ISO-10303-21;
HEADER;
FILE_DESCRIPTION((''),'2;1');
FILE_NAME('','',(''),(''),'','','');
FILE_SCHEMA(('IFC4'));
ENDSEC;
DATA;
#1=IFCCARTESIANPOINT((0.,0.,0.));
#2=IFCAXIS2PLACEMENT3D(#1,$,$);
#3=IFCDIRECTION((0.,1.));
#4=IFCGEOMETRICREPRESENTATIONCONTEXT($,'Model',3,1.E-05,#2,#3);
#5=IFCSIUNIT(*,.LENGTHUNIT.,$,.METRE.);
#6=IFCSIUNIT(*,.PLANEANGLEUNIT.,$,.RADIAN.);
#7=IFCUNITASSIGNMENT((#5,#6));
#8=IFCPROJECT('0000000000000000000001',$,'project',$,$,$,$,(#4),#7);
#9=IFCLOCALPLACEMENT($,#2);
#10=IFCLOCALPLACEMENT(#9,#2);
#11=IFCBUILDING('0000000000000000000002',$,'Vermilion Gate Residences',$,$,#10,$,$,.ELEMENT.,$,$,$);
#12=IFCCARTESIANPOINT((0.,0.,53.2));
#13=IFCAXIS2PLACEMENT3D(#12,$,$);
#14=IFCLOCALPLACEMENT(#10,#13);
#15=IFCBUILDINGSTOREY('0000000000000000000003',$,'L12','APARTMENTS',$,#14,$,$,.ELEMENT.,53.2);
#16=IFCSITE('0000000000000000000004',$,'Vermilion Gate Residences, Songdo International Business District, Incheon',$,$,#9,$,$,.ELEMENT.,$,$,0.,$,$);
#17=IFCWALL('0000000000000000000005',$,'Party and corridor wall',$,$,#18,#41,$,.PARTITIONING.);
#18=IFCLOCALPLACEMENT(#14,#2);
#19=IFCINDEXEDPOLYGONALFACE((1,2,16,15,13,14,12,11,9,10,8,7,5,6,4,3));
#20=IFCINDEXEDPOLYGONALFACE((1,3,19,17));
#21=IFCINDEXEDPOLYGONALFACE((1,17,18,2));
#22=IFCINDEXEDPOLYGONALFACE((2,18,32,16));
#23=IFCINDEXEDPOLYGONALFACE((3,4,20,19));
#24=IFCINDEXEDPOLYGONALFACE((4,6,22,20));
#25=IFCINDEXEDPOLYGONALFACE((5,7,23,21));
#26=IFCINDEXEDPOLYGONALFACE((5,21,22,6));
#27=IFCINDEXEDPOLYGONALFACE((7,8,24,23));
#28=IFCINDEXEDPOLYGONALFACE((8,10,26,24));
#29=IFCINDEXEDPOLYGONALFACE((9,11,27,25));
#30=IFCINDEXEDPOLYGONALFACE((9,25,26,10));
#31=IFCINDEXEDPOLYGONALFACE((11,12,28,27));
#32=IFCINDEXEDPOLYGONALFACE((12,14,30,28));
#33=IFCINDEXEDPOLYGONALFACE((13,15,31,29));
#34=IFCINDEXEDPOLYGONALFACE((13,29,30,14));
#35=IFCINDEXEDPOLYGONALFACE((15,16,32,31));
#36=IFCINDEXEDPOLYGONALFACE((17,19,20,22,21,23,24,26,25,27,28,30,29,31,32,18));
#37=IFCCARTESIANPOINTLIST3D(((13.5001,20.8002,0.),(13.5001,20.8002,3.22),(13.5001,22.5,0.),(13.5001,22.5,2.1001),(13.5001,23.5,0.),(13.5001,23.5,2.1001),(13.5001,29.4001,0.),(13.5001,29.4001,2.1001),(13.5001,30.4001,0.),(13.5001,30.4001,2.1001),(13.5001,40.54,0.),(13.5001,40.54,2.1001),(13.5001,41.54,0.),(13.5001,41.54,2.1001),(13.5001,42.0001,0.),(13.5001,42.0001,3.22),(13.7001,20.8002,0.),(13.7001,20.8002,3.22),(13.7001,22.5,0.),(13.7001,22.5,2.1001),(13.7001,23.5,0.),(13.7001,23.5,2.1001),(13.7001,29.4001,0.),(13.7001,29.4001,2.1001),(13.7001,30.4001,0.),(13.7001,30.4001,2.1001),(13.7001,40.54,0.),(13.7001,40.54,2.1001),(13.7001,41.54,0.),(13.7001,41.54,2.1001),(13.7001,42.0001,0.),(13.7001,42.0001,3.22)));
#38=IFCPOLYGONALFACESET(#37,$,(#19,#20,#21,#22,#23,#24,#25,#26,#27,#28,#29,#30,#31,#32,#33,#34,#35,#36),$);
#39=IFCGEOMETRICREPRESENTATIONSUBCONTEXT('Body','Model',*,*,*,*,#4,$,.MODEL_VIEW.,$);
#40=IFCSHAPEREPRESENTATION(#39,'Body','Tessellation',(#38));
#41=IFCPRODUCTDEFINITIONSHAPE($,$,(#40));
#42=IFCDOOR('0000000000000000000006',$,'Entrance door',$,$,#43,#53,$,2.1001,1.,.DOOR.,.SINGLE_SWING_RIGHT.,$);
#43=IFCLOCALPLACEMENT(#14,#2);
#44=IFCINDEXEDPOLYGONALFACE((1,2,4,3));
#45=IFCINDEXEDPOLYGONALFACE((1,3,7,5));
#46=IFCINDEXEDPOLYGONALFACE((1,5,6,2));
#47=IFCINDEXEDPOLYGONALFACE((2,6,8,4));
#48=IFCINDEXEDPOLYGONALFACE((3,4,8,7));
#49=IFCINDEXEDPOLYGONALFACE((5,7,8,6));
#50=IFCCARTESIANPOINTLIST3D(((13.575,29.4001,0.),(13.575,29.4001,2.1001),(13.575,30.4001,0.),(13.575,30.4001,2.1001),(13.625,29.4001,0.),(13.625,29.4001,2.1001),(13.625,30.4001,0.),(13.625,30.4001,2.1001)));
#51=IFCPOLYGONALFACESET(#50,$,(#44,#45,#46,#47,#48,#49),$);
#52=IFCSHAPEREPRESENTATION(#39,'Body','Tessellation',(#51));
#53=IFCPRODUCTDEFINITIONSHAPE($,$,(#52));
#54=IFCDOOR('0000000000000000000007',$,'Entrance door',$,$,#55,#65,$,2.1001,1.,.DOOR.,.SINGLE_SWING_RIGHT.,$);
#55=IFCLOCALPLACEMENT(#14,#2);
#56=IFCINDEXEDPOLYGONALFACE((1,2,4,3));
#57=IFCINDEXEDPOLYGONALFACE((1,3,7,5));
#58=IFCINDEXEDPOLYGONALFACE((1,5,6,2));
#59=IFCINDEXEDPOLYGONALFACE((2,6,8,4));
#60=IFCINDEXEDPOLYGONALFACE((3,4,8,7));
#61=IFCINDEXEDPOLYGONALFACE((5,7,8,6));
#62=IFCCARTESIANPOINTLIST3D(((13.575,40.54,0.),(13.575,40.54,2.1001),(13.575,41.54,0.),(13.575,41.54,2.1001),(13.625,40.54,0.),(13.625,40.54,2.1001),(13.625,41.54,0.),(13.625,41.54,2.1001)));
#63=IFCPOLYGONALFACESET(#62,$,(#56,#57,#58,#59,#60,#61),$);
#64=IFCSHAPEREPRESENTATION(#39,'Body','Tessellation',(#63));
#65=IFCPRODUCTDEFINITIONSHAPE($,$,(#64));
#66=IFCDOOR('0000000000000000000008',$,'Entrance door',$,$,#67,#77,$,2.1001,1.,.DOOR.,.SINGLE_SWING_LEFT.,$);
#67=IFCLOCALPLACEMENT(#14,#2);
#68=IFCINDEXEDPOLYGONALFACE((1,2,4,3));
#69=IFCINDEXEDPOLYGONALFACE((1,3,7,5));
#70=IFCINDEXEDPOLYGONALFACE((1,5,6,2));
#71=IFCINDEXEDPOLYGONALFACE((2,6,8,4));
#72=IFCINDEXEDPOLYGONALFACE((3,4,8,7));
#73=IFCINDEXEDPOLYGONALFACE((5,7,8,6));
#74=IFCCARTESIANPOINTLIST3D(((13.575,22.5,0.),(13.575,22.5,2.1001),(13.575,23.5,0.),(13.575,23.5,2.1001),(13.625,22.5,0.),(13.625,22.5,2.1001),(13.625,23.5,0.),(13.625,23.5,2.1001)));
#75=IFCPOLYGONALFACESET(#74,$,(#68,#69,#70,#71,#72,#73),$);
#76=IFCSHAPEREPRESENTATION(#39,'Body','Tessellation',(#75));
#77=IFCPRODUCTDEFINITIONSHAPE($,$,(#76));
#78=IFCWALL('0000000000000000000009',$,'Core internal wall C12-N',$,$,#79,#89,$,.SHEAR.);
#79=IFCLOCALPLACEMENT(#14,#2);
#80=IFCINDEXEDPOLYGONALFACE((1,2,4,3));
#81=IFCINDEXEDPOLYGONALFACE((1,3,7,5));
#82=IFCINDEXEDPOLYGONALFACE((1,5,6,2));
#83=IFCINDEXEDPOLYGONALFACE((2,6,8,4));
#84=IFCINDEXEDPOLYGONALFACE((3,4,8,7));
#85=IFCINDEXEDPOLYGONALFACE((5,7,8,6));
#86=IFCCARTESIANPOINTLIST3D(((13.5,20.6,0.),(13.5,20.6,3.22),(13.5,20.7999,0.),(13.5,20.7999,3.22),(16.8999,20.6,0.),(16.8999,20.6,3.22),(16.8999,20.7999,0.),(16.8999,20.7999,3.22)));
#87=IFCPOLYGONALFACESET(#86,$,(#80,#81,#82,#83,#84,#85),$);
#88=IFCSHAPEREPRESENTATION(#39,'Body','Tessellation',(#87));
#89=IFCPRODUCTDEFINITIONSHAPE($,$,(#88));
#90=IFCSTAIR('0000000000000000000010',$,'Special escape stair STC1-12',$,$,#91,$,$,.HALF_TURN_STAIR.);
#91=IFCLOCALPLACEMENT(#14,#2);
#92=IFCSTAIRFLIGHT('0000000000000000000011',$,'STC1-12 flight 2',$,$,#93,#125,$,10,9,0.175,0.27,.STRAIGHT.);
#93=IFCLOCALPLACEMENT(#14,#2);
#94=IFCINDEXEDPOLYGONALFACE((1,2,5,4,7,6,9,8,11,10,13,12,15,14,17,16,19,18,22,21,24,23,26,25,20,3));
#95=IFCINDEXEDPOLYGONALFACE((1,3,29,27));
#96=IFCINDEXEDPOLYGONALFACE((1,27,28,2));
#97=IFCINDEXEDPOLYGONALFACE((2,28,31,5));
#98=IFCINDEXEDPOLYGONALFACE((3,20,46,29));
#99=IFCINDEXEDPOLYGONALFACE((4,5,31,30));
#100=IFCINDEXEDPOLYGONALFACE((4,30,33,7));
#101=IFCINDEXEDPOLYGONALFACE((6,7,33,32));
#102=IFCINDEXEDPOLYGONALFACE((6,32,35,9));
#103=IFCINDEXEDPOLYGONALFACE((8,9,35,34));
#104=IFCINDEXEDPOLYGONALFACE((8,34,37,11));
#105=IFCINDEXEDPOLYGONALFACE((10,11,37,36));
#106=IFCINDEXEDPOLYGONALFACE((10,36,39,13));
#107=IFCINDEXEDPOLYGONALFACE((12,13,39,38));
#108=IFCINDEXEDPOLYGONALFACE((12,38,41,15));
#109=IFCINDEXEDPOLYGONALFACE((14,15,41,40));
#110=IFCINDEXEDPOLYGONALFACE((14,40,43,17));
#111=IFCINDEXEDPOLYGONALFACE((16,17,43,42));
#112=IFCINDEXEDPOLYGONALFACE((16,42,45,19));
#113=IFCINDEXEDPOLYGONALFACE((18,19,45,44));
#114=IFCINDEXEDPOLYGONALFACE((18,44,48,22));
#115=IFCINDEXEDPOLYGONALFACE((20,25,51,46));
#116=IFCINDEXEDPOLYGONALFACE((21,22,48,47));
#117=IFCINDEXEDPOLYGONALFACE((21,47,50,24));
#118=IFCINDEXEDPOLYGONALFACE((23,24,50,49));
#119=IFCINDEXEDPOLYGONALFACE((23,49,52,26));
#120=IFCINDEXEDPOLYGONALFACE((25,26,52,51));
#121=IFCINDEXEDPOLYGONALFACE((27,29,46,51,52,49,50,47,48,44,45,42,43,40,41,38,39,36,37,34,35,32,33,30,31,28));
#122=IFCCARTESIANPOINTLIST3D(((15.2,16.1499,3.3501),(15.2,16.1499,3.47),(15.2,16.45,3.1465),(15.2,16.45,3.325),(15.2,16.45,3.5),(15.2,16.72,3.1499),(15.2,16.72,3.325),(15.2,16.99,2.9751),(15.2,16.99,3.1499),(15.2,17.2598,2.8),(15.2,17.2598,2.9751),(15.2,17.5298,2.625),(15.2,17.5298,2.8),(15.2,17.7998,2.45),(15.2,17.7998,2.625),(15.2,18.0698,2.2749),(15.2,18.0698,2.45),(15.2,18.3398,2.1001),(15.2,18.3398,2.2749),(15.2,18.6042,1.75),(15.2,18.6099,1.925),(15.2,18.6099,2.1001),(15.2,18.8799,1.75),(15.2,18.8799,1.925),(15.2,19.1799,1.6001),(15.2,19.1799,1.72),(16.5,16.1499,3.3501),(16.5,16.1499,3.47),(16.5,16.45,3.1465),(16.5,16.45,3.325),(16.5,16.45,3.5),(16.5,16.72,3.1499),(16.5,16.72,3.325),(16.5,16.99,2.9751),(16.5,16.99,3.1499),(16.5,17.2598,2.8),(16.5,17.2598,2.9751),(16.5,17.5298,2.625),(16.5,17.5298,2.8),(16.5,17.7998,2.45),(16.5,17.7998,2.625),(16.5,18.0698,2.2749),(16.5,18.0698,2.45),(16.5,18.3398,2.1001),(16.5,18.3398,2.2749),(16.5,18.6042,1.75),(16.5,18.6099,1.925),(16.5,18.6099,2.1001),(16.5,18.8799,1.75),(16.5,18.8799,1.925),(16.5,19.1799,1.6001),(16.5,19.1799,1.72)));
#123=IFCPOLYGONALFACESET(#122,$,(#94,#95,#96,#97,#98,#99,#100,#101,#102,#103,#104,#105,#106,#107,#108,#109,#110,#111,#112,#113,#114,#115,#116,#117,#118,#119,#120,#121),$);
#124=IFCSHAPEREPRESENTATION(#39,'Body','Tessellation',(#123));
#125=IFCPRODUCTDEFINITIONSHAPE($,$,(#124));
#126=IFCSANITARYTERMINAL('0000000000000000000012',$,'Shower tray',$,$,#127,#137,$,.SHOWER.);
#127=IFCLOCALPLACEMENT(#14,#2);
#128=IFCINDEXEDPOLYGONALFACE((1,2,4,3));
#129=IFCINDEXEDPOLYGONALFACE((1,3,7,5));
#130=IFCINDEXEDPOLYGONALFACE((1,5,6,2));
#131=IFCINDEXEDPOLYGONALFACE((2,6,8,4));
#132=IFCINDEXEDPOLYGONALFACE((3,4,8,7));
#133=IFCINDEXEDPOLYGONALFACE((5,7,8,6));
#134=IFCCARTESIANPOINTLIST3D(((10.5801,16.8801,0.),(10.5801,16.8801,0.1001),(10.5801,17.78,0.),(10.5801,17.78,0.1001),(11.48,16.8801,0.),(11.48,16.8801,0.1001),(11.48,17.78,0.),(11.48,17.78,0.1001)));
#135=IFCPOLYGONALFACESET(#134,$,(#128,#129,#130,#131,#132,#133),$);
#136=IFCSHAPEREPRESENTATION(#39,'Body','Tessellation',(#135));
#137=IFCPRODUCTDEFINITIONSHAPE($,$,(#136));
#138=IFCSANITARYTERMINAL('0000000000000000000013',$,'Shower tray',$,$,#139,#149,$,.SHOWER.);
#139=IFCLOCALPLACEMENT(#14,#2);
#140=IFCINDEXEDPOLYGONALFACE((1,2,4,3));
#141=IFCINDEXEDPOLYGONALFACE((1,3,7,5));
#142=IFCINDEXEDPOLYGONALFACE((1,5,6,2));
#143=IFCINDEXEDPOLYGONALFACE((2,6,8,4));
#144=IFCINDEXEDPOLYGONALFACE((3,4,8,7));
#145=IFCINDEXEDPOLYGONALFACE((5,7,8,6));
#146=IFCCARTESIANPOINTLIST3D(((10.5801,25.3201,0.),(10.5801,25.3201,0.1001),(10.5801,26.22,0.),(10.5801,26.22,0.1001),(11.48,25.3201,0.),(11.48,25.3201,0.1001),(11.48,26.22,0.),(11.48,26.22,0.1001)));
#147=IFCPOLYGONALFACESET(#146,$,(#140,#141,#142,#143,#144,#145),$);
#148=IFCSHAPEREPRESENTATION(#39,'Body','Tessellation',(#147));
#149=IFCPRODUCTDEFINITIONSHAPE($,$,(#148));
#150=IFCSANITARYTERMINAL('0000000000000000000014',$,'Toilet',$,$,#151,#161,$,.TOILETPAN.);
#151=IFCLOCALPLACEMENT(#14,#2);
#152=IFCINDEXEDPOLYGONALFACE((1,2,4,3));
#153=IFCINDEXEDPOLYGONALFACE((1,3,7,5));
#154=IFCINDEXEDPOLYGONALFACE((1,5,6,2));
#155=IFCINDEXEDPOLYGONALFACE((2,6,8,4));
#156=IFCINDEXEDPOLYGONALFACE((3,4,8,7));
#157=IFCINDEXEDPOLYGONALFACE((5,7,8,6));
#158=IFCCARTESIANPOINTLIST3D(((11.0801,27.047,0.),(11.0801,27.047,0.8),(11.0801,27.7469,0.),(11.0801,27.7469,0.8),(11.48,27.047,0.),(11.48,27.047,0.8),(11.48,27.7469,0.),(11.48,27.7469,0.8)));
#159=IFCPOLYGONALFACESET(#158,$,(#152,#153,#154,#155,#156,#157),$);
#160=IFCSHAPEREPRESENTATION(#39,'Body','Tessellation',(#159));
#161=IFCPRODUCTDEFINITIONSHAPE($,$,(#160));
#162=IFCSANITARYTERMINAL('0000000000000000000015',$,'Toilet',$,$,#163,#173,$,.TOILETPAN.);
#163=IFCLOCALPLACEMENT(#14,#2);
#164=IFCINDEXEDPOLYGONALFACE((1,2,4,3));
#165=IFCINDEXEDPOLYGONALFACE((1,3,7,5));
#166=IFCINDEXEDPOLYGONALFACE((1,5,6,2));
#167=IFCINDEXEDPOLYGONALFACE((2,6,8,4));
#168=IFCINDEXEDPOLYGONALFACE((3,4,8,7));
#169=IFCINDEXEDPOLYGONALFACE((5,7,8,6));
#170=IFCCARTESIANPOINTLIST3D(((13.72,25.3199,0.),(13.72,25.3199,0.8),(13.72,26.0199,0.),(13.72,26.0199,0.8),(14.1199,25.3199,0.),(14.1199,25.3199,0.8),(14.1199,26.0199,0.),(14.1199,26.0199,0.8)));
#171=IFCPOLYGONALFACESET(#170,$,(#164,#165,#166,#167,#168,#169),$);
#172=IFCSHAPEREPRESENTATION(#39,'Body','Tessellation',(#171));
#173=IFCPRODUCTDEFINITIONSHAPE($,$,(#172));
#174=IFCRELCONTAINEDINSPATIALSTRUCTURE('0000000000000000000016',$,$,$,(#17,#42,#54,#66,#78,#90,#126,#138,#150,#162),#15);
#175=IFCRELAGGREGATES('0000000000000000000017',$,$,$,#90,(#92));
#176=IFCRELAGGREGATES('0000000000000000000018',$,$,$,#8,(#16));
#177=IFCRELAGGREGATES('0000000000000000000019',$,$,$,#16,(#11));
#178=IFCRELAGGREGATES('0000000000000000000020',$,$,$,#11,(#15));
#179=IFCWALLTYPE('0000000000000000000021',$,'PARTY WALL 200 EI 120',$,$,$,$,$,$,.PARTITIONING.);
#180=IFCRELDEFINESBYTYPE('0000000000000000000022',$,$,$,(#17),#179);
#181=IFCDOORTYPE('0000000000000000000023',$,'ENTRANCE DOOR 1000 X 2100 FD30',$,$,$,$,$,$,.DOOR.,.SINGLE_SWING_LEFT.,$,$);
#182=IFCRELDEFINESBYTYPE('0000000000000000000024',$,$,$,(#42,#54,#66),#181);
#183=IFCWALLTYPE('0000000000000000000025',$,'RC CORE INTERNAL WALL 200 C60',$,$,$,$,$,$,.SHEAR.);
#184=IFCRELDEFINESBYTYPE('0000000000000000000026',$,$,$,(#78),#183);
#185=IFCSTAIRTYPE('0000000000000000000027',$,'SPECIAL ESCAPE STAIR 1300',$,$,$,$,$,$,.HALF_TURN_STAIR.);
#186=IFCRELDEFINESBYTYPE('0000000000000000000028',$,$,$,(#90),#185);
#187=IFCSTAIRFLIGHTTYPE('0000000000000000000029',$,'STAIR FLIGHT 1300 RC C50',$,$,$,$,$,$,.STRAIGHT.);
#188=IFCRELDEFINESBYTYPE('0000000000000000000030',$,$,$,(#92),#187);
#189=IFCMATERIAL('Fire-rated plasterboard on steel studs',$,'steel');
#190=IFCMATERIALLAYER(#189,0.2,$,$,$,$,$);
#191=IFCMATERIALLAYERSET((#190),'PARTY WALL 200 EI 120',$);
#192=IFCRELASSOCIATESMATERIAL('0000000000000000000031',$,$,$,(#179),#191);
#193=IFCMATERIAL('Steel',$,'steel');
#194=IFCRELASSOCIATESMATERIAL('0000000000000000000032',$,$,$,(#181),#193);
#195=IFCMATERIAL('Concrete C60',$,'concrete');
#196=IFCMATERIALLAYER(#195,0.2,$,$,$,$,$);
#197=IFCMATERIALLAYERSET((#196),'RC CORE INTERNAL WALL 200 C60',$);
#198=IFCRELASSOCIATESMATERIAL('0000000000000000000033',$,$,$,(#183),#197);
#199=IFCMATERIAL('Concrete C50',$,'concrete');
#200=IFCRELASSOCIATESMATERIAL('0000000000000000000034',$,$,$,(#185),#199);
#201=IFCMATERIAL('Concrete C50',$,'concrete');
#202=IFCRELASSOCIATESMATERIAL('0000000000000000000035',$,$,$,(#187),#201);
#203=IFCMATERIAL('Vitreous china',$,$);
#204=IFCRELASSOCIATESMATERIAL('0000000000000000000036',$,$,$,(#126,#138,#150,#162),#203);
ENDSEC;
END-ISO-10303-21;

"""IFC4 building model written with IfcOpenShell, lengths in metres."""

from ifc_helpers import new_model, si_unit, direction, frame, frame_2d, origin, origin_2d, place, context, subcontext, project, spatial, polyline, rectangle, outline, extrude, material, layer, layer_set, type_object, element, fill, aggregate, save


model = new_model("IFC4")

# Units and contexts
model_context = context("Model", 3, precision=1e-05, world=origin(), true_north=direction((0.0, 1.0)))
body_context = subcontext(model_context, "Body", "Model", "MODEL_VIEW")
ifc_project = project(units=[si_unit("LENGTHUNIT", "METRE"), si_unit("PLANEANGLEUNIT", "RADIAN")], contexts=[model_context])

# Site, building, storey
site_placement = place(None, origin())
site = spatial("IfcSite", under=ifc_project, at=site_placement, Name="Vermilion Gate Residences, Songdo International Business District, Incheon", CompositionType="ELEMENT", RefElevation=0.0)
building_placement = place(site_placement, origin())
building = spatial("IfcBuilding", under=site, at=building_placement, Name="Vermilion Gate Residences", CompositionType="ELEMENT")
storey_placement = place(building_placement, frame((0.0, 0.0, 53.2)))
storey = spatial("IfcBuildingStorey", under=building, at=storey_placement, Name="L12", Description="APARTMENTS", CompositionType="ELEMENT", Elevation=53.2)

# Shared definitions
ifc_material_1 = material(Name="Fire-rated plasterboard on steel studs", Category="steel")
ifc_layer_1 = layer(ifc_material_1, 0.2)
ifc_layer_set_1 = layer_set([ifc_layer_1], Name="PARTY WALL 200 EI 120")
wall_type_1 = type_object("IfcWallType", Name="PARTY WALL 200 EI 120", PredefinedType="PARTITIONING", material=ifc_layer_set_1)

# Wall, openings, doors
wall_1_placement = place(storey_placement, frame((13.6001, 20.8, 0.0), z_axis=(0.0, 0.0, 1.0), x_axis=(0.0, 1.0, 0.0)))
wall_1 = element("IfcWall", 1, at=wall_1_placement, inside=storey, type_object=wall_type_1, Name="Party and corridor wall", PredefinedType="PARTITIONING", context=body_context, shape_type="SweptSolid", body=[
    extrude(rectangle(XDim=21.2, YDim=0.2, at=frame_2d((10.6001, 0.0))), origin(), (0.0, 0.0, 1.0), 3.22),
])
opening_1_placement = place(wall_1_placement, frame((8.6001, 0.0, 0.0)))
opening_1 = element("IfcOpeningElement", 2, at=opening_1_placement, cuts=wall_1, PredefinedType="OPENING", context=body_context, shape_type="SweptSolid", body=[
    extrude(rectangle(XDim=1.0, YDim=2.1001, at=frame_2d((0.5, 1.05))), frame((0.0, 0.1099, 0.0), z_axis=(0.0, -1.0, 0.0), x_axis=(1.0, 0.0, 0.0)), (0.0, 0.0, 1.0), 0.22),
])
opening_2_placement = place(wall_1_placement, frame((19.74, 0.0, 0.0)))
opening_2 = element("IfcOpeningElement", 3, at=opening_2_placement, cuts=wall_1, PredefinedType="OPENING", context=body_context, shape_type="SweptSolid", body=[
    extrude(rectangle(XDim=1.0, YDim=2.1001, at=frame_2d((0.5, 1.05))), frame((0.0, 0.1099, 0.0), z_axis=(0.0, -1.0, 0.0), x_axis=(1.0, 0.0, 0.0)), (0.0, 0.0, 1.0), 0.22),
])
opening_3_placement = place(wall_1_placement, frame((1.7, 0.0, 0.0)))
opening_3 = element("IfcOpeningElement", 4, at=opening_3_placement, cuts=wall_1, PredefinedType="OPENING", context=body_context, shape_type="SweptSolid", body=[
    extrude(rectangle(XDim=1.0, YDim=2.1001, at=frame_2d((0.5, 1.05))), frame((0.0, 0.1099, 0.0), z_axis=(0.0, -1.0, 0.0), x_axis=(1.0, 0.0, 0.0)), (0.0, 0.0, 1.0), 0.22),
])
ifc_material_2 = material(Name="Steel", Category="steel")
door_type_1 = type_object("IfcDoorType", Name="ENTRANCE DOOR 1000 X 2100 FD30", OperationType="SINGLE_SWING_LEFT", PredefinedType="DOOR", material=ifc_material_2)
door_1_placement = place(opening_1_placement, frame((1.0, 0.0, 0.0), z_axis=(0.0, 0.0, 1.0), x_axis=(-1.0, 0.0, 0.0)))
door_1 = element("IfcDoor", 5, at=door_1_placement, inside=storey, type_object=door_type_1, Name="Entrance door", OperationType="SINGLE_SWING_RIGHT", OverallHeight=2.1001, OverallWidth=1.0, PredefinedType="DOOR", context=body_context, shape_type="SweptSolid", body=[
    extrude(rectangle(XDim=1.0, YDim=2.1001, at=frame_2d((0.5, 1.05))), frame((0.0, 0.0249, 0.0), z_axis=(0.0, -1.0, 0.0), x_axis=(1.0, 0.0, 0.0)), (0.0, 0.0, 1.0), 0.05),
])
fill(opening_1, door_1)
door_2_placement = place(opening_2_placement, frame((1.0, 0.0, 0.0), z_axis=(0.0, 0.0, 1.0), x_axis=(-1.0, 0.0, 0.0)))
door_2 = element("IfcDoor", 6, at=door_2_placement, inside=storey, type_object=door_type_1, Name="Entrance door", OperationType="SINGLE_SWING_RIGHT", OverallHeight=2.1001, OverallWidth=1.0, PredefinedType="DOOR", context=body_context, shape_type="SweptSolid", body=[
    extrude(rectangle(XDim=1.0, YDim=2.1001, at=frame_2d((0.5, 1.05))), frame((0.0, 0.0249, 0.0), z_axis=(0.0, -1.0, 0.0), x_axis=(1.0, 0.0, 0.0)), (0.0, 0.0, 1.0), 0.05),
])
fill(opening_2, door_2)
door_3_placement = place(opening_3_placement, frame((1.0, 0.0, 0.0), z_axis=(0.0, 0.0, 1.0), x_axis=(-1.0, 0.0, 0.0)))
door_3 = element("IfcDoor", 7, at=door_3_placement, inside=storey, type_object=door_type_1, Name="Entrance door", OperationType="SINGLE_SWING_LEFT", OverallHeight=2.1001, OverallWidth=1.0, PredefinedType="DOOR", context=body_context, shape_type="SweptSolid", body=[
    extrude(rectangle(XDim=1.0, YDim=2.1001, at=frame_2d((0.5, 1.05))), frame((0.0, 0.0249, 0.0), z_axis=(0.0, -1.0, 0.0), x_axis=(1.0, 0.0, 0.0)), (0.0, 0.0, 1.0), 0.05),
])
fill(opening_3, door_3)

# Wall
ifc_material_3 = material(Name="Concrete C60", Category="concrete")
ifc_layer_2 = layer(ifc_material_3, 0.2)
ifc_layer_set_2 = layer_set([ifc_layer_2], Name="RC CORE INTERNAL WALL 200 C60")
wall_type_2 = type_object("IfcWallType", Name="RC CORE INTERNAL WALL 200 C60", PredefinedType="SHEAR", material=ifc_layer_set_2)
wall_2_placement = place(storey_placement, frame((13.5, 20.7, 0.0), z_axis=(0.0, 0.0, 1.0), x_axis=(1.0, 0.0, 0.0)))
element("IfcWall", 8, at=wall_2_placement, inside=storey, type_object=wall_type_2, Name="Core internal wall C12-N", PredefinedType="SHEAR", context=body_context, shape_type="SweptSolid", body=[
    extrude(rectangle(XDim=3.3999, YDim=0.2, at=frame_2d((1.7, 0.0))), origin(), (0.0, 0.0, 1.0), 3.22),
])

# Stair, stair flight
ifc_material_4 = material(Name="Concrete C50", Category="concrete")
stair_type = type_object("IfcStairType", Name="SPECIAL ESCAPE STAIR 1300", PredefinedType="HALF_TURN_STAIR", material=ifc_material_4)
stair_placement = place(storey_placement, origin())
stair = element("IfcStair", 9, at=stair_placement, inside=storey, type_object=stair_type, Name="Special escape stair STC1-12", PredefinedType="HALF_TURN_STAIR")
ifc_material_5 = material(Name="Concrete C50", Category="concrete")
stair_flight_type = type_object("IfcStairFlightType", Name="STAIR FLIGHT 1300 RC C50", PredefinedType="STRAIGHT", material=ifc_material_5)
stair_flight_placement = place(storey_placement, frame((15.8501, 18.8799, 1.75), z_axis=(0.0, 0.0, 1.0), x_axis=(0.0, -1.0, 0.0)))
stair_flight = element("IfcStairFlight", 10, at=stair_flight_placement, type_object=stair_flight_type, Name="STC1-12 flight 2", NumberOfRisers=10, NumberOfTreads=9, PredefinedType="STRAIGHT", RiserHeight=0.175, TreadLength=0.27, context=body_context, shape_type="SweptSolid", body=[
    extrude(outline(polyline([(-0.3, -0.1499), (-0.3, -0.03), (0.0, 0.0), (0.0, 0.175), (0.27, 0.175), (0.27, 0.3501), (0.54, 0.3501), (0.54, 0.5249), (0.8101, 0.5249), (0.8101, 0.7), (1.0801, 0.7), (1.0801, 0.875), (1.3501, 0.875), (1.3501, 1.05), (1.6201, 1.05), (1.6201, 1.2251), (1.8899, 1.2251), (1.8899, 1.3999), (2.1599, 1.3999), (2.1599, 1.575), (2.4299, 1.575), (2.4299, 1.75), (2.73, 1.72), (2.73, 1.6001), (2.4299, 1.3965), (0.2756, 0.0), (-0.3, -0.1499)])), frame((0.0, 0.6499, 0.0), z_axis=(0.0, -1.0, 0.0), x_axis=(1.0, 0.0, 0.0)), (0.0, 0.0, 1.0), 1.3),
])
aggregate(stair, [stair_flight])

# Sanitary terminals
ifc_material_6 = material(Name="Vitreous china")
for number, where, z_axis, x_axis, name in (
    (11, (11.03, 17.3301, 0.0), (0.0, 0.0, 1.0), (1.0, 0.0, 0.0), "Shower tray"),
    (12, (11.03, 25.77, 0.0), (0.0, 0.0, 1.0), (1.0, 0.0, 0.0), "Shower tray"),
):
    element("IfcSanitaryTerminal", number, at=place(storey_placement, frame(where, z_axis=z_axis, x_axis=x_axis)), inside=storey, material=ifc_material_6, Name=name, PredefinedType="SHOWER", context=body_context, shape_type="SweptSolid", body=[
        extrude(rectangle(XDim=0.8999, YDim=0.8999, at=origin_2d()), origin(), (0.0, 0.0, 1.0), 0.1001),
    ])
for number, where, z_axis, x_axis, name in (
    (13, (11.28, 27.397, 0.0), (0.0, 0.0, 1.0), (1.0, 0.0, 0.0), "Toilet"),
    (14, (13.9199, 25.6699, 0.0), (0.0, 0.0, 1.0), (1.0, 0.0, 0.0), "Toilet"),
):
    element("IfcSanitaryTerminal", number, at=place(storey_placement, frame(where, z_axis=z_axis, x_axis=x_axis)), inside=storey, material=ifc_material_6, Name=name, PredefinedType="TOILETPAN", context=body_context, shape_type="SweptSolid", body=[
        extrude(rectangle(XDim=0.3999, YDim=0.7, at=origin_2d()), origin(), (0.0, 0.0, 1.0), 0.8),
    ])

save(model, "model.ifc")
